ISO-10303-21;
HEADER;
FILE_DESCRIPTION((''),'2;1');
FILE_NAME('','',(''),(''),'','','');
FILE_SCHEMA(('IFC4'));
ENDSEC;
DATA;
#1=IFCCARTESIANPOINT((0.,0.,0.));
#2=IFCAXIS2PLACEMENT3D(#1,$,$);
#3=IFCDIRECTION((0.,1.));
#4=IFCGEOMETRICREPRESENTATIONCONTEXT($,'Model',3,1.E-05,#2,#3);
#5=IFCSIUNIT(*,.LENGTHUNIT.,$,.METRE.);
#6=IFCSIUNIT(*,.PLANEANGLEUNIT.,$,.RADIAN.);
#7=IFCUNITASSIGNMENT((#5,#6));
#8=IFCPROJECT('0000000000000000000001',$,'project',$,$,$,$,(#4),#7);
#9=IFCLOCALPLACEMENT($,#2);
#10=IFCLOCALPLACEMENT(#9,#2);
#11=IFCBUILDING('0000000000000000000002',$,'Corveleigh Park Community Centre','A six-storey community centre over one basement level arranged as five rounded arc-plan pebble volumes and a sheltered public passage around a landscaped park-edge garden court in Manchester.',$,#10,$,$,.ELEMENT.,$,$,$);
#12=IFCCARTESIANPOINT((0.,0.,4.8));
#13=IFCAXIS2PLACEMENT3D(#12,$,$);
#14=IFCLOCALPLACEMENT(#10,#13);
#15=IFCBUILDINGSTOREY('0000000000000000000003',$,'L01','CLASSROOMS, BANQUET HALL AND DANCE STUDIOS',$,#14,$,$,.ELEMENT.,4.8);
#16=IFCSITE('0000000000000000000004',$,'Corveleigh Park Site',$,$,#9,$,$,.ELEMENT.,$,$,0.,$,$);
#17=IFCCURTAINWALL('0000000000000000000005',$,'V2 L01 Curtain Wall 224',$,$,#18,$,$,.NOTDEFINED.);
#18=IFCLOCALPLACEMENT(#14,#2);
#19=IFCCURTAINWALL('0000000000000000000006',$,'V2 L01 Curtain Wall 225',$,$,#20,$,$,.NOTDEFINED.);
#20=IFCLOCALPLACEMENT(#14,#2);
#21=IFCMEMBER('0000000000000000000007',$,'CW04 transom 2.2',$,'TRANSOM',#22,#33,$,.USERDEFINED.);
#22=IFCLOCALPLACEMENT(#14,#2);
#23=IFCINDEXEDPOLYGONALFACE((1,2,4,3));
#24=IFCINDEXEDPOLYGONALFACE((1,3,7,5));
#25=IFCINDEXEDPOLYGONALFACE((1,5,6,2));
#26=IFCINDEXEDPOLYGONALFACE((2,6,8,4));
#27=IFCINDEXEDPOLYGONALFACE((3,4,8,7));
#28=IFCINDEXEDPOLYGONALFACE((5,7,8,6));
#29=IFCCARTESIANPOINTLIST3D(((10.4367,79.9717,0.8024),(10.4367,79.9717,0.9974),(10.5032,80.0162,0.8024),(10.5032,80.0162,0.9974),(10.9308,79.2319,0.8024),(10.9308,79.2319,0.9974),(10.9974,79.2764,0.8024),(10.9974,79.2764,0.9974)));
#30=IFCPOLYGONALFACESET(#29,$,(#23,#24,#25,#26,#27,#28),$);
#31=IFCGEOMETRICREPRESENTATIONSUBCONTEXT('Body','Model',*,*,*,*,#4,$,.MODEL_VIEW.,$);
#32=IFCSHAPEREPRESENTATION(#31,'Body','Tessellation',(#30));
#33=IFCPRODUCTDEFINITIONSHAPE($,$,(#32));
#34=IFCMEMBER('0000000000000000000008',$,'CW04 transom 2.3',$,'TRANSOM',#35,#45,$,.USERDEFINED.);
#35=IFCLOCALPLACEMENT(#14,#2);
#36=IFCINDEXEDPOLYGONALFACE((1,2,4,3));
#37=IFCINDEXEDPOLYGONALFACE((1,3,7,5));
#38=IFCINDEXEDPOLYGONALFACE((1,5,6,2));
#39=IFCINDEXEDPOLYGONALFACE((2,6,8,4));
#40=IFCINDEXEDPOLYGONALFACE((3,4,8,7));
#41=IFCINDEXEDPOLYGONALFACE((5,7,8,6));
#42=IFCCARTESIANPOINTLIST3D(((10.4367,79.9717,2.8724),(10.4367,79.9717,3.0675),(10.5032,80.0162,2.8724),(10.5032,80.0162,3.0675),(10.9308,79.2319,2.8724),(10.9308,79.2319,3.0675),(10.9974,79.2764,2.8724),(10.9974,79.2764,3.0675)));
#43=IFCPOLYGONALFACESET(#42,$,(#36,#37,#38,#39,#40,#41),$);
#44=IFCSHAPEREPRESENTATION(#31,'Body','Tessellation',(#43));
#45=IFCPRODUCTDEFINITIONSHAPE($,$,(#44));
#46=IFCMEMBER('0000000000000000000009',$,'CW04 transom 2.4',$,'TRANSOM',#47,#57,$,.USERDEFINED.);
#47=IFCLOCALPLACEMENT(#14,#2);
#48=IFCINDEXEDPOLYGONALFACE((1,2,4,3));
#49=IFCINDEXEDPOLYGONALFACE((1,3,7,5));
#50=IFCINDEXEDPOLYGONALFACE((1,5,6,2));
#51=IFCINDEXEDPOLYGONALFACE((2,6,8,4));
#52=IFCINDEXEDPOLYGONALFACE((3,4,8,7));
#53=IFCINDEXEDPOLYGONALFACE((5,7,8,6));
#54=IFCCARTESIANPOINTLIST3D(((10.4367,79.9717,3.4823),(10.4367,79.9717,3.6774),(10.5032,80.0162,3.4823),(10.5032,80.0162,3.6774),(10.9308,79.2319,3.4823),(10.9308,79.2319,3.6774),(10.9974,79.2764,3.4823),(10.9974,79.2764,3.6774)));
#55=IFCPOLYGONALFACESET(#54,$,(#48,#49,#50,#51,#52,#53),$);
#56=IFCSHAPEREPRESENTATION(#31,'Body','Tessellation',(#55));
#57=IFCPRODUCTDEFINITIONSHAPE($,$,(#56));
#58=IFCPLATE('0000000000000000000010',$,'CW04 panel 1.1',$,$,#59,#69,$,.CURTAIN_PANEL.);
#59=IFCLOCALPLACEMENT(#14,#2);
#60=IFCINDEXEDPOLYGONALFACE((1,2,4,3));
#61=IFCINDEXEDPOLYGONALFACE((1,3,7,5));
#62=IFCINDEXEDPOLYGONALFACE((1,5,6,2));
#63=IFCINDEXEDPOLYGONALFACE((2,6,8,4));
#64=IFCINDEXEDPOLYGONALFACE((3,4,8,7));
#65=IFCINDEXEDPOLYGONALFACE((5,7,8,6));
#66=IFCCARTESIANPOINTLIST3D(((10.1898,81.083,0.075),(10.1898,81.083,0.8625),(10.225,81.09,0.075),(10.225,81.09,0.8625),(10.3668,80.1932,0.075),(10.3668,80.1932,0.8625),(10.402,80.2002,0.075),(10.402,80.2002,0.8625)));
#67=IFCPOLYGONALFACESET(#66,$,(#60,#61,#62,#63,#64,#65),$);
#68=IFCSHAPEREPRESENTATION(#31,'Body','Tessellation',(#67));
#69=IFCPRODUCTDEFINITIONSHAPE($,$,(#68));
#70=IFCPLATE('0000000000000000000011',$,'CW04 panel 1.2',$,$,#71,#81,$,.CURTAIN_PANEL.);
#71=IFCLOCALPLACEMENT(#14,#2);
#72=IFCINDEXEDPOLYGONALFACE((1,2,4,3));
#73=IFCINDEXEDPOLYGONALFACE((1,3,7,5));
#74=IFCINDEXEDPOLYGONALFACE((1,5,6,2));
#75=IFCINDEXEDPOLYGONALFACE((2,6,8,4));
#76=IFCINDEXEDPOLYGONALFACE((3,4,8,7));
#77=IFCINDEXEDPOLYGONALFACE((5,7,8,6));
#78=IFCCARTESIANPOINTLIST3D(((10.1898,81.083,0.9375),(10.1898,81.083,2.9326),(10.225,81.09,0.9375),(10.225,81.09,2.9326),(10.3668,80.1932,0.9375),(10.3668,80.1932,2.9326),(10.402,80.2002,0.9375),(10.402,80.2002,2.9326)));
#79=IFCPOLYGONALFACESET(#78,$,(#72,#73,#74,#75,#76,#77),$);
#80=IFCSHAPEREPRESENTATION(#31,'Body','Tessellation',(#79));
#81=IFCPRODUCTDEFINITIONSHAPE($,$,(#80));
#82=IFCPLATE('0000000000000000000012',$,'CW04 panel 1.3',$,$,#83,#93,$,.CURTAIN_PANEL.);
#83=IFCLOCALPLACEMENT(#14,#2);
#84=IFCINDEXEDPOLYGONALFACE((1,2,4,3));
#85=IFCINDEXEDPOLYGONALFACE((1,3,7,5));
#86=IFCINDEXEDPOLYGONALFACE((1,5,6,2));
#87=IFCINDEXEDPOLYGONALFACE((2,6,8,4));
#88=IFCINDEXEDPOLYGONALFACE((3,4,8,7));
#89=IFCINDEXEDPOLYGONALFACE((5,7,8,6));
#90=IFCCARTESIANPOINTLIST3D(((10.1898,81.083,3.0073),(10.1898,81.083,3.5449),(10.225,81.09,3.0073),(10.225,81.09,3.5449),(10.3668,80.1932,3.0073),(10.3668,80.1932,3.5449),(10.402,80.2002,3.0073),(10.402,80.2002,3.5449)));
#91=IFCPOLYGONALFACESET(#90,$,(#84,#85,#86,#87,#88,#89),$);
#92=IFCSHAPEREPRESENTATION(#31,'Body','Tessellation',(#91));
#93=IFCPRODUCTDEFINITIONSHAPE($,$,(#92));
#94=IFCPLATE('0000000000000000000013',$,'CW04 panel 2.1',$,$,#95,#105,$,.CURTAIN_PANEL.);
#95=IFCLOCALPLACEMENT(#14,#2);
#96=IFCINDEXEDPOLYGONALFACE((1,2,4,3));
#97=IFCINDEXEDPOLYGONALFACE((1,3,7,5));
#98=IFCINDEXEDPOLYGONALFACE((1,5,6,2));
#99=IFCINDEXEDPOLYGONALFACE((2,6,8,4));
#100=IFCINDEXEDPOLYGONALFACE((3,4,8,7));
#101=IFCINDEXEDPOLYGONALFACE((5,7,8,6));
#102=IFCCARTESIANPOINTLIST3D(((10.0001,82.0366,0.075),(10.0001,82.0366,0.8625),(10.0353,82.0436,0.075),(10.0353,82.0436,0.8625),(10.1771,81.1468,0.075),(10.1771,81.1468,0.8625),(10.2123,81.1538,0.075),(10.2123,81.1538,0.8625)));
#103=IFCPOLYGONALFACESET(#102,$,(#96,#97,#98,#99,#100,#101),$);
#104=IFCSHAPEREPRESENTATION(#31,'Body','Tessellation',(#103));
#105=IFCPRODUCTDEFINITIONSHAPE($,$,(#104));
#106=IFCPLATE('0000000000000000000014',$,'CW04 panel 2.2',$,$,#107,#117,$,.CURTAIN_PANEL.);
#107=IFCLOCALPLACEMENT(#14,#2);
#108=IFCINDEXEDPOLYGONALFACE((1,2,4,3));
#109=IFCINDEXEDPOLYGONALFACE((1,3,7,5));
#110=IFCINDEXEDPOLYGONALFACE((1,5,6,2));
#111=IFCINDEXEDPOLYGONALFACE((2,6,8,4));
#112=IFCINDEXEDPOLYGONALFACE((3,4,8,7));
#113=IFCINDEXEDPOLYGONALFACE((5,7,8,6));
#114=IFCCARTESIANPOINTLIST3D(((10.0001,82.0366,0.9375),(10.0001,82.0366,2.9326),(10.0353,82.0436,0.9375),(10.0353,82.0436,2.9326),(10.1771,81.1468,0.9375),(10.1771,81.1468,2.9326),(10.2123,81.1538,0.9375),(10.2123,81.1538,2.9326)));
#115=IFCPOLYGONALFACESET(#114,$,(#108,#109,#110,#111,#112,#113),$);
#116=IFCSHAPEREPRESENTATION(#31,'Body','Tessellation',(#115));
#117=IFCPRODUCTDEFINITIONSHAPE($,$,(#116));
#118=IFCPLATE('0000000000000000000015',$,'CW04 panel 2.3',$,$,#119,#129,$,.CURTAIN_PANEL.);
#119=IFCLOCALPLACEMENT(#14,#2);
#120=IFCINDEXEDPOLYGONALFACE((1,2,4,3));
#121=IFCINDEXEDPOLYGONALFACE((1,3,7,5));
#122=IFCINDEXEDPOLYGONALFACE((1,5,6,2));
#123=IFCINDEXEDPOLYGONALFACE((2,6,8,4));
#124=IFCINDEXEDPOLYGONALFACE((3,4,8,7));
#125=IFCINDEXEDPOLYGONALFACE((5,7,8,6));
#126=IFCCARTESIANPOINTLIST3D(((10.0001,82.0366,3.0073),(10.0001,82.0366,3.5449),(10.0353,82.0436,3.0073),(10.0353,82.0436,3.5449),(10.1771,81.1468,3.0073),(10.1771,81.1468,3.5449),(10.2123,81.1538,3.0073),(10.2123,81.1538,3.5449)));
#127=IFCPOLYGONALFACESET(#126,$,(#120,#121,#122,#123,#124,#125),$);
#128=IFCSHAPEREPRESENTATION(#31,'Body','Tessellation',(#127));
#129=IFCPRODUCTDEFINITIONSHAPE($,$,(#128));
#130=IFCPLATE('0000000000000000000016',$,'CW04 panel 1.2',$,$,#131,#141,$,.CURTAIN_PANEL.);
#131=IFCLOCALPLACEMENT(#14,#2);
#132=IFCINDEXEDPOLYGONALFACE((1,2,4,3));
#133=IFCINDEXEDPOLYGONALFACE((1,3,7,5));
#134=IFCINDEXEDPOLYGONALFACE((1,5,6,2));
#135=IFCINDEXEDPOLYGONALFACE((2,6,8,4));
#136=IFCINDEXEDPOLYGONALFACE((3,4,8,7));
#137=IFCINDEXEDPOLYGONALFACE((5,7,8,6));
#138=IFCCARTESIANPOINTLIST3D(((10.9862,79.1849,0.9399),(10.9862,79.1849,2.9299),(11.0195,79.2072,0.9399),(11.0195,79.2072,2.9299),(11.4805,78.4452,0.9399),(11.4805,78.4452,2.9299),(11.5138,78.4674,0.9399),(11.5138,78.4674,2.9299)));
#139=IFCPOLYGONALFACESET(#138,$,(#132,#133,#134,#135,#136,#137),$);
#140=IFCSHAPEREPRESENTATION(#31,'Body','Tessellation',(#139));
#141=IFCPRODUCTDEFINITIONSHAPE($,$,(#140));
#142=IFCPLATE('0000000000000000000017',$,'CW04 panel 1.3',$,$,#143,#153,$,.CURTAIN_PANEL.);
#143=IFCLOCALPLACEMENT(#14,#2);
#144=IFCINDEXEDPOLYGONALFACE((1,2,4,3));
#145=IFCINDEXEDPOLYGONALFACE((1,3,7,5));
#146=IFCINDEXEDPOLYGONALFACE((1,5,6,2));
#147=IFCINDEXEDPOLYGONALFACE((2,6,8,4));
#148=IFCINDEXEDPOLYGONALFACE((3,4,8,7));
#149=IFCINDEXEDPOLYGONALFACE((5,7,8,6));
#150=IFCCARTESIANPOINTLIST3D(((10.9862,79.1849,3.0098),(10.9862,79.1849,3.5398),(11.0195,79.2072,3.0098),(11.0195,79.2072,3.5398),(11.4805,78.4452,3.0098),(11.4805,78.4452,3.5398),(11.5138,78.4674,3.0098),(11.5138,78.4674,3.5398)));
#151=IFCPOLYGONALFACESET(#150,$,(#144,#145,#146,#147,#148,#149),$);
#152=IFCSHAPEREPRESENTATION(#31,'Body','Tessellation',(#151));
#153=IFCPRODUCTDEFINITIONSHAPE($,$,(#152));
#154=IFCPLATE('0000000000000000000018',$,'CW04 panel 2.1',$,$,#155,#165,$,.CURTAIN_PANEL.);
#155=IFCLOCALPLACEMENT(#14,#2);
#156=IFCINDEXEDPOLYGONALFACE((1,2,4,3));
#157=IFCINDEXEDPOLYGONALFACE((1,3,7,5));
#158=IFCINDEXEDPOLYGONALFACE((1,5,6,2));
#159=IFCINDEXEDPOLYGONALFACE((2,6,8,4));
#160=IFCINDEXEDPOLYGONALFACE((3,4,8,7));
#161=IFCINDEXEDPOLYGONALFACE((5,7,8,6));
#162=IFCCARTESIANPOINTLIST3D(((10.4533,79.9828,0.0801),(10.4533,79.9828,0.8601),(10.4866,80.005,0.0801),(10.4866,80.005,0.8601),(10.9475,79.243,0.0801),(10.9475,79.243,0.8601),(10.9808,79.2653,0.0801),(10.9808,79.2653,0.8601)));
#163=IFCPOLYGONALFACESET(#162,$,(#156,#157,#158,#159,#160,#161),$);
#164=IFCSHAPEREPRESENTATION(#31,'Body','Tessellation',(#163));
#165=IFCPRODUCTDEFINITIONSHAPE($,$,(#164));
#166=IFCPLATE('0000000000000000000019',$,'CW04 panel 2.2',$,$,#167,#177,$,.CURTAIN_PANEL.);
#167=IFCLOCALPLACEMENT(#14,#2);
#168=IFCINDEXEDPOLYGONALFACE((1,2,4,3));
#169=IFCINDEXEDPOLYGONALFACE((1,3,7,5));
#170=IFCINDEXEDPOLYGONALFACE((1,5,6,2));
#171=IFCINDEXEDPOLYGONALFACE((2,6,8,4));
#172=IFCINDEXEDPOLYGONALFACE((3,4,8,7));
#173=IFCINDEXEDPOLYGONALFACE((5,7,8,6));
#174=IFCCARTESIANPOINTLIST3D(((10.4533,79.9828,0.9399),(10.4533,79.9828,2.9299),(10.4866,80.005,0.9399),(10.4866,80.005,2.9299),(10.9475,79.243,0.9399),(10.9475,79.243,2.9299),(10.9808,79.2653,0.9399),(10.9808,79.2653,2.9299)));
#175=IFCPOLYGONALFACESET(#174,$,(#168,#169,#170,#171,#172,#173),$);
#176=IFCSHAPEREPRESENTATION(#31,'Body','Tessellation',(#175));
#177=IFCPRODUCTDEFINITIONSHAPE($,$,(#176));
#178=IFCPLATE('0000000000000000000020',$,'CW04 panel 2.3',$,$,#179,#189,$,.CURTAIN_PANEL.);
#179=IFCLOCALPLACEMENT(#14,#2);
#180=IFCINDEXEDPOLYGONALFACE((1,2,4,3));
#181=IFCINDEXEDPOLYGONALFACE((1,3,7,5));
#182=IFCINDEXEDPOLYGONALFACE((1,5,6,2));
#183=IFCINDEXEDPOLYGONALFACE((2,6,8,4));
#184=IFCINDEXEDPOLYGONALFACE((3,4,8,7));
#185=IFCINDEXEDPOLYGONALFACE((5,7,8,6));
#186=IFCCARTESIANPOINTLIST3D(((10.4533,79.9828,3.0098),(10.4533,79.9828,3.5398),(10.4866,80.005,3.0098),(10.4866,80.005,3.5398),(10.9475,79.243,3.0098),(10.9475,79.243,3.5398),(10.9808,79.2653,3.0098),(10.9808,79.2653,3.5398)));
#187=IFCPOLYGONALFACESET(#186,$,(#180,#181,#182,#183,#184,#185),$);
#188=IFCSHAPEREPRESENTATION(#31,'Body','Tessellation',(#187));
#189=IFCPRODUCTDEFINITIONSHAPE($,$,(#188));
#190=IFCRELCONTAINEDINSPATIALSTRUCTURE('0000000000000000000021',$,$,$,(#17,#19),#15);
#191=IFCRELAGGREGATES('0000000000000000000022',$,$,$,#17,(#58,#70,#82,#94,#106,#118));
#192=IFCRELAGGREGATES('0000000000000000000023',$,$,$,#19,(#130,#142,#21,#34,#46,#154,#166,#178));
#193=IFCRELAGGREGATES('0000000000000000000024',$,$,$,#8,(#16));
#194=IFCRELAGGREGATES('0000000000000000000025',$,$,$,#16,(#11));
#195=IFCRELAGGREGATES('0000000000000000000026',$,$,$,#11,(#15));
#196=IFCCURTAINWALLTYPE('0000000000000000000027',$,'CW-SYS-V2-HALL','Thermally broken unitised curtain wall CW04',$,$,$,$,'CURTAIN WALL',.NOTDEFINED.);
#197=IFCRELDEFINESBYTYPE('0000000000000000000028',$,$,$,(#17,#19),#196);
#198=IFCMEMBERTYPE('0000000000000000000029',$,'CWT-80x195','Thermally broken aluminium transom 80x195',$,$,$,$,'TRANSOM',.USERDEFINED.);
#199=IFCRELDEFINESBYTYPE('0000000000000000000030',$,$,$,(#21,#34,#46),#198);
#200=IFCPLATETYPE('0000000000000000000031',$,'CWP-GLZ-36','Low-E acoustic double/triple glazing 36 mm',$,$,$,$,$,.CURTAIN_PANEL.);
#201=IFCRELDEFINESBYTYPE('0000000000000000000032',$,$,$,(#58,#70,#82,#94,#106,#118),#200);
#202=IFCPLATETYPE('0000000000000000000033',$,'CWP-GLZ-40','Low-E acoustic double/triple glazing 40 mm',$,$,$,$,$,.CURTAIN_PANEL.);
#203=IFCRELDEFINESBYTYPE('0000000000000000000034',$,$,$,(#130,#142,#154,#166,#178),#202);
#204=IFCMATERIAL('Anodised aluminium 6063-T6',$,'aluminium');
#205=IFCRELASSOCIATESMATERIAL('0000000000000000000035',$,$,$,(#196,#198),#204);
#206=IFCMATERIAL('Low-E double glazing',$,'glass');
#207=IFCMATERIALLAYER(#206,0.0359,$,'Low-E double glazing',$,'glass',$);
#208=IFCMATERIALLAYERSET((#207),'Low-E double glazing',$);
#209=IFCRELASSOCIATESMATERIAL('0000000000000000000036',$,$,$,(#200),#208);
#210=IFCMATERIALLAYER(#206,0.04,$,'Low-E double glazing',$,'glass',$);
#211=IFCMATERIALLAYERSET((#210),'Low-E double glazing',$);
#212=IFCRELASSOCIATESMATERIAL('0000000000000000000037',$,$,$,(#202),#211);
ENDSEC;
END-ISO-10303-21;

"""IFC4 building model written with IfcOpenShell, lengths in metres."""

from ifc_helpers import new_model, si_unit, direction, frame, origin, origin_2d, place, context, subcontext, project, spatial, rectangle, extrude, material, layer, layer_set, material_profile, profile_set, type_object, element, aggregate, save


model = new_model("IFC4")

# Units and contexts
model_context = context("Model", 3, precision=1e-05, world=origin(), true_north=direction((0.0, 1.0)))
body_context = subcontext(model_context, "Body", "Model", "MODEL_VIEW")
ifc_project = project(units=[si_unit("LENGTHUNIT", "METRE"), si_unit("PLANEANGLEUNIT", "RADIAN")], contexts=[model_context])

# Site, building, storey
site_placement = place(None, origin())
site = spatial("IfcSite", under=ifc_project, at=site_placement, Name="Corveleigh Park Site", CompositionType="ELEMENT", RefElevation=0.0)
building_placement = place(site_placement, origin())
building = spatial("IfcBuilding", under=site, at=building_placement, Name="Corveleigh Park Community Centre", Description="A six-storey community centre over one basement level arranged as five rounded arc-plan pebble volumes and a sheltered public passage around a landscaped park-edge garden court in Manchester.", CompositionType="ELEMENT")
storey_placement = place(building_placement, frame((0.0, 0.0, 4.8)))
storey = spatial("IfcBuildingStorey", under=building, at=storey_placement, Name="L01", Description="CLASSROOMS, BANQUET HALL AND DANCE STUDIOS", CompositionType="ELEMENT", Elevation=4.8)

# Curtain walls
ifc_material_1 = material(Name="Anodised aluminium 6063-T6", Category="aluminium")
curtain_wall_type = type_object("IfcCurtainWallType", Name="CW-SYS-V2-HALL", Description="Thermally broken unitised curtain wall CW04", ElementType="CURTAIN WALL", PredefinedType="NOTDEFINED", material=ifc_material_1)
curtain_wall_1_placement = place(storey_placement, origin())
curtain_wall_1 = element("IfcCurtainWall", 1, at=curtain_wall_1_placement, inside=storey, type_object=curtain_wall_type, Name="V2 L01 Curtain Wall 224", PredefinedType="NOTDEFINED")
curtain_wall_2_placement = place(storey_placement, origin())
curtain_wall_2 = element("IfcCurtainWall", 2, at=curtain_wall_2_placement, inside=storey, type_object=curtain_wall_type, Name="V2 L01 Curtain Wall 225", PredefinedType="NOTDEFINED")

# Members
ifc_material_profile_1 = material_profile(ifc_material_1, rectangle(XDim=0.0801, YDim=0.1951, at=origin_2d()), Name="ALU-T80x195", Category="aluminium")
ifc_profile_set_1 = profile_set([ifc_material_profile_1], Name="Anodised aluminium 6063-T6")
member_type_1 = type_object("IfcMemberType", Name="CWT-80x195", Description="Thermally broken aluminium transom 80x195", ElementType="TRANSOM", PredefinedType="USERDEFINED", material=ifc_profile_set_1)
member_1_placement = place(storey_placement, frame((10.9641, 79.2542, 0.8999), z_axis=(-0.55546, 0.831543, 0.0), x_axis=(-0.831543, -0.55546, 0.0)))
member_1 = element("IfcMember", 3, at=member_1_placement, type_object=member_type_1, Name="CW04 transom 2.2", ObjectType="TRANSOM", PredefinedType="USERDEFINED", context=body_context, shape_type="SweptSolid", body=[
    extrude(rectangle(XDim=0.0801, YDim=0.1951, at=origin_2d()), origin(), (0.0, 0.0, 1.0), 0.8896),
])
member_2_placement = place(storey_placement, frame((10.9641, 79.2542, 2.97), z_axis=(-0.55546, 0.831543, 0.0), x_axis=(-0.831543, -0.55546, 0.0)))
member_2 = element("IfcMember", 4, at=member_2_placement, type_object=member_type_1, Name="CW04 transom 2.3", ObjectType="TRANSOM", PredefinedType="USERDEFINED", context=body_context, shape_type="SweptSolid", body=[
    extrude(rectangle(XDim=0.0801, YDim=0.1951, at=origin_2d()), origin(), (0.0, 0.0, 1.0), 0.8896),
])
member_3_placement = place(storey_placement, frame((10.9641, 79.2542, 3.5798), z_axis=(-0.55546, 0.831543, 0.0), x_axis=(-0.831543, -0.55546, 0.0)))
member_3 = element("IfcMember", 5, at=member_3_placement, type_object=member_type_1, Name="CW04 transom 2.4", ObjectType="TRANSOM", PredefinedType="USERDEFINED", context=body_context, shape_type="SweptSolid", body=[
    extrude(rectangle(XDim=0.0801, YDim=0.1951, at=origin_2d()), origin(), (0.0, 0.0, 1.0), 0.8896),
])

# Plates
ifc_material_2 = material(Name="Low-E double glazing", Category="glass")
ifc_layer_1 = layer(ifc_material_2, 0.0359, Name="Low-E double glazing", Category="glass")
ifc_layer_set_1 = layer_set([ifc_layer_1], Name="Low-E double glazing")
plate_type_1 = type_object("IfcPlateType", Name="CWP-GLZ-36", Description="Low-E acoustic double/triple glazing 36 mm", PredefinedType="CURTAIN_PANEL", material=ifc_layer_set_1)
plate_1_placement = place(storey_placement, frame((10.2959, 80.6416, 0.075), z_axis=(0.0, 0.0, 1.0), x_axis=(-0.195063, 0.980791, 0.0)))
plate_1 = element("IfcPlate", 6, at=plate_1_placement, type_object=plate_type_1, Name="CW04 panel 1.1", PredefinedType="CURTAIN_PANEL", context=body_context, shape_type="SweptSolid", body=[
    extrude(rectangle(XDim=0.9072, YDim=0.0359, at=origin_2d()), origin(), (0.0, 0.0, 1.0), 0.7876),
])
plate_2_placement = place(storey_placement, frame((10.2959, 80.6416, 0.9375), z_axis=(0.0, 0.0, 1.0), x_axis=(-0.195063, 0.980791, 0.0)))
plate_2 = element("IfcPlate", 7, at=plate_2_placement, type_object=plate_type_1, Name="CW04 panel 1.2", PredefinedType="CURTAIN_PANEL", context=body_context, shape_type="SweptSolid", body=[
    extrude(rectangle(XDim=0.9072, YDim=0.0359, at=origin_2d()), origin(), (0.0, 0.0, 1.0), 1.9951),
])
plate_3_placement = place(storey_placement, frame((10.2959, 80.6416, 3.0073), z_axis=(0.0, 0.0, 1.0), x_axis=(-0.195063, 0.980791, 0.0)))
plate_3 = element("IfcPlate", 8, at=plate_3_placement, type_object=plate_type_1, Name="CW04 panel 1.3", PredefinedType="CURTAIN_PANEL", context=body_context, shape_type="SweptSolid", body=[
    extrude(rectangle(XDim=0.9072, YDim=0.0359, at=origin_2d()), origin(), (0.0, 0.0, 1.0), 0.5376),
])
plate_4_placement = place(storey_placement, frame((10.1062, 81.5952, 0.075), z_axis=(0.0, 0.0, 1.0), x_axis=(-0.195063, 0.980791, 0.0)))
plate_4 = element("IfcPlate", 9, at=plate_4_placement, type_object=plate_type_1, Name="CW04 panel 2.1", PredefinedType="CURTAIN_PANEL", context=body_context, shape_type="SweptSolid", body=[
    extrude(rectangle(XDim=0.9072, YDim=0.0359, at=origin_2d()), origin(), (0.0, 0.0, 1.0), 0.7876),
])
plate_5_placement = place(storey_placement, frame((10.1062, 81.5952, 0.9375), z_axis=(0.0, 0.0, 1.0), x_axis=(-0.195063, 0.980791, 0.0)))
plate_5 = element("IfcPlate", 10, at=plate_5_placement, type_object=plate_type_1, Name="CW04 panel 2.2", PredefinedType="CURTAIN_PANEL", context=body_context, shape_type="SweptSolid", body=[
    extrude(rectangle(XDim=0.9072, YDim=0.0359, at=origin_2d()), origin(), (0.0, 0.0, 1.0), 1.9951),
])
plate_6_placement = place(storey_placement, frame((10.1062, 81.5952, 3.0073), z_axis=(0.0, 0.0, 1.0), x_axis=(-0.195063, 0.980791, 0.0)))
plate_6 = element("IfcPlate", 11, at=plate_6_placement, type_object=plate_type_1, Name="CW04 panel 2.3", PredefinedType="CURTAIN_PANEL", context=body_context, shape_type="SweptSolid", body=[
    extrude(rectangle(XDim=0.9072, YDim=0.0359, at=origin_2d()), origin(), (0.0, 0.0, 1.0), 0.5376),
])
aggregate(curtain_wall_1, [plate_1, plate_2, plate_3, plate_4, plate_5, plate_6])
ifc_layer_2 = layer(ifc_material_2, 0.04, Name="Low-E double glazing", Category="glass")
ifc_layer_set_2 = layer_set([ifc_layer_2], Name="Low-E double glazing")
plate_type_2 = type_object("IfcPlateType", Name="CWP-GLZ-40", Description="Low-E acoustic double/triple glazing 40 mm", PredefinedType="CURTAIN_PANEL", material=ifc_layer_set_2)
plate_7_placement = place(storey_placement, frame((11.25, 78.8262, 0.9399), z_axis=(0.0, 0.0, 1.0), x_axis=(-0.555512, 0.831509, 0.0)))
plate_7 = element("IfcPlate", 12, at=plate_7_placement, type_object=plate_type_2, Name="CW04 panel 1.2", PredefinedType="CURTAIN_PANEL", context=body_context, shape_type="SweptSolid", body=[
    extrude(rectangle(XDim=0.8896, YDim=0.04, at=origin_2d()), origin(), (0.0, 0.0, 1.0), 1.99),
])
plate_8_placement = place(storey_placement, frame((11.25, 78.8262, 3.0098), z_axis=(0.0, 0.0, 1.0), x_axis=(-0.555512, 0.831509, 0.0)))
plate_8 = element("IfcPlate", 13, at=plate_8_placement, type_object=plate_type_2, Name="CW04 panel 1.3", PredefinedType="CURTAIN_PANEL", context=body_context, shape_type="SweptSolid", body=[
    extrude(rectangle(XDim=0.8896, YDim=0.04, at=origin_2d()), origin(), (0.0, 0.0, 1.0), 0.53),
])
plate_9_placement = place(storey_placement, frame((10.717, 79.624, 0.0801), z_axis=(0.0, 0.0, 1.0), x_axis=(-0.555512, 0.831509, 0.0)))
plate_9 = element("IfcPlate", 14, at=plate_9_placement, type_object=plate_type_2, Name="CW04 panel 2.1", PredefinedType="CURTAIN_PANEL", context=body_context, shape_type="SweptSolid", body=[
    extrude(rectangle(XDim=0.8896, YDim=0.04, at=origin_2d()), origin(), (0.0, 0.0, 1.0), 0.78),
])
plate_10_placement = place(storey_placement, frame((10.717, 79.624, 0.9399), z_axis=(0.0, 0.0, 1.0), x_axis=(-0.555512, 0.831509, 0.0)))
plate_10 = element("IfcPlate", 15, at=plate_10_placement, type_object=plate_type_2, Name="CW04 panel 2.2", PredefinedType="CURTAIN_PANEL", context=body_context, shape_type="SweptSolid", body=[
    extrude(rectangle(XDim=0.8896, YDim=0.04, at=origin_2d()), origin(), (0.0, 0.0, 1.0), 1.99),
])
plate_11_placement = place(storey_placement, frame((10.717, 79.624, 3.0098), z_axis=(0.0, 0.0, 1.0), x_axis=(-0.555512, 0.831509, 0.0)))
plate_11 = element("IfcPlate", 16, at=plate_11_placement, type_object=plate_type_2, Name="CW04 panel 2.3", PredefinedType="CURTAIN_PANEL", context=body_context, shape_type="SweptSolid", body=[
    extrude(rectangle(XDim=0.8896, YDim=0.04, at=origin_2d()), origin(), (0.0, 0.0, 1.0), 0.53),
])
aggregate(curtain_wall_2, [plate_7, plate_8, member_1, member_2, member_3, plate_9, plate_10, plate_11])

save(model, "model.ifc")
